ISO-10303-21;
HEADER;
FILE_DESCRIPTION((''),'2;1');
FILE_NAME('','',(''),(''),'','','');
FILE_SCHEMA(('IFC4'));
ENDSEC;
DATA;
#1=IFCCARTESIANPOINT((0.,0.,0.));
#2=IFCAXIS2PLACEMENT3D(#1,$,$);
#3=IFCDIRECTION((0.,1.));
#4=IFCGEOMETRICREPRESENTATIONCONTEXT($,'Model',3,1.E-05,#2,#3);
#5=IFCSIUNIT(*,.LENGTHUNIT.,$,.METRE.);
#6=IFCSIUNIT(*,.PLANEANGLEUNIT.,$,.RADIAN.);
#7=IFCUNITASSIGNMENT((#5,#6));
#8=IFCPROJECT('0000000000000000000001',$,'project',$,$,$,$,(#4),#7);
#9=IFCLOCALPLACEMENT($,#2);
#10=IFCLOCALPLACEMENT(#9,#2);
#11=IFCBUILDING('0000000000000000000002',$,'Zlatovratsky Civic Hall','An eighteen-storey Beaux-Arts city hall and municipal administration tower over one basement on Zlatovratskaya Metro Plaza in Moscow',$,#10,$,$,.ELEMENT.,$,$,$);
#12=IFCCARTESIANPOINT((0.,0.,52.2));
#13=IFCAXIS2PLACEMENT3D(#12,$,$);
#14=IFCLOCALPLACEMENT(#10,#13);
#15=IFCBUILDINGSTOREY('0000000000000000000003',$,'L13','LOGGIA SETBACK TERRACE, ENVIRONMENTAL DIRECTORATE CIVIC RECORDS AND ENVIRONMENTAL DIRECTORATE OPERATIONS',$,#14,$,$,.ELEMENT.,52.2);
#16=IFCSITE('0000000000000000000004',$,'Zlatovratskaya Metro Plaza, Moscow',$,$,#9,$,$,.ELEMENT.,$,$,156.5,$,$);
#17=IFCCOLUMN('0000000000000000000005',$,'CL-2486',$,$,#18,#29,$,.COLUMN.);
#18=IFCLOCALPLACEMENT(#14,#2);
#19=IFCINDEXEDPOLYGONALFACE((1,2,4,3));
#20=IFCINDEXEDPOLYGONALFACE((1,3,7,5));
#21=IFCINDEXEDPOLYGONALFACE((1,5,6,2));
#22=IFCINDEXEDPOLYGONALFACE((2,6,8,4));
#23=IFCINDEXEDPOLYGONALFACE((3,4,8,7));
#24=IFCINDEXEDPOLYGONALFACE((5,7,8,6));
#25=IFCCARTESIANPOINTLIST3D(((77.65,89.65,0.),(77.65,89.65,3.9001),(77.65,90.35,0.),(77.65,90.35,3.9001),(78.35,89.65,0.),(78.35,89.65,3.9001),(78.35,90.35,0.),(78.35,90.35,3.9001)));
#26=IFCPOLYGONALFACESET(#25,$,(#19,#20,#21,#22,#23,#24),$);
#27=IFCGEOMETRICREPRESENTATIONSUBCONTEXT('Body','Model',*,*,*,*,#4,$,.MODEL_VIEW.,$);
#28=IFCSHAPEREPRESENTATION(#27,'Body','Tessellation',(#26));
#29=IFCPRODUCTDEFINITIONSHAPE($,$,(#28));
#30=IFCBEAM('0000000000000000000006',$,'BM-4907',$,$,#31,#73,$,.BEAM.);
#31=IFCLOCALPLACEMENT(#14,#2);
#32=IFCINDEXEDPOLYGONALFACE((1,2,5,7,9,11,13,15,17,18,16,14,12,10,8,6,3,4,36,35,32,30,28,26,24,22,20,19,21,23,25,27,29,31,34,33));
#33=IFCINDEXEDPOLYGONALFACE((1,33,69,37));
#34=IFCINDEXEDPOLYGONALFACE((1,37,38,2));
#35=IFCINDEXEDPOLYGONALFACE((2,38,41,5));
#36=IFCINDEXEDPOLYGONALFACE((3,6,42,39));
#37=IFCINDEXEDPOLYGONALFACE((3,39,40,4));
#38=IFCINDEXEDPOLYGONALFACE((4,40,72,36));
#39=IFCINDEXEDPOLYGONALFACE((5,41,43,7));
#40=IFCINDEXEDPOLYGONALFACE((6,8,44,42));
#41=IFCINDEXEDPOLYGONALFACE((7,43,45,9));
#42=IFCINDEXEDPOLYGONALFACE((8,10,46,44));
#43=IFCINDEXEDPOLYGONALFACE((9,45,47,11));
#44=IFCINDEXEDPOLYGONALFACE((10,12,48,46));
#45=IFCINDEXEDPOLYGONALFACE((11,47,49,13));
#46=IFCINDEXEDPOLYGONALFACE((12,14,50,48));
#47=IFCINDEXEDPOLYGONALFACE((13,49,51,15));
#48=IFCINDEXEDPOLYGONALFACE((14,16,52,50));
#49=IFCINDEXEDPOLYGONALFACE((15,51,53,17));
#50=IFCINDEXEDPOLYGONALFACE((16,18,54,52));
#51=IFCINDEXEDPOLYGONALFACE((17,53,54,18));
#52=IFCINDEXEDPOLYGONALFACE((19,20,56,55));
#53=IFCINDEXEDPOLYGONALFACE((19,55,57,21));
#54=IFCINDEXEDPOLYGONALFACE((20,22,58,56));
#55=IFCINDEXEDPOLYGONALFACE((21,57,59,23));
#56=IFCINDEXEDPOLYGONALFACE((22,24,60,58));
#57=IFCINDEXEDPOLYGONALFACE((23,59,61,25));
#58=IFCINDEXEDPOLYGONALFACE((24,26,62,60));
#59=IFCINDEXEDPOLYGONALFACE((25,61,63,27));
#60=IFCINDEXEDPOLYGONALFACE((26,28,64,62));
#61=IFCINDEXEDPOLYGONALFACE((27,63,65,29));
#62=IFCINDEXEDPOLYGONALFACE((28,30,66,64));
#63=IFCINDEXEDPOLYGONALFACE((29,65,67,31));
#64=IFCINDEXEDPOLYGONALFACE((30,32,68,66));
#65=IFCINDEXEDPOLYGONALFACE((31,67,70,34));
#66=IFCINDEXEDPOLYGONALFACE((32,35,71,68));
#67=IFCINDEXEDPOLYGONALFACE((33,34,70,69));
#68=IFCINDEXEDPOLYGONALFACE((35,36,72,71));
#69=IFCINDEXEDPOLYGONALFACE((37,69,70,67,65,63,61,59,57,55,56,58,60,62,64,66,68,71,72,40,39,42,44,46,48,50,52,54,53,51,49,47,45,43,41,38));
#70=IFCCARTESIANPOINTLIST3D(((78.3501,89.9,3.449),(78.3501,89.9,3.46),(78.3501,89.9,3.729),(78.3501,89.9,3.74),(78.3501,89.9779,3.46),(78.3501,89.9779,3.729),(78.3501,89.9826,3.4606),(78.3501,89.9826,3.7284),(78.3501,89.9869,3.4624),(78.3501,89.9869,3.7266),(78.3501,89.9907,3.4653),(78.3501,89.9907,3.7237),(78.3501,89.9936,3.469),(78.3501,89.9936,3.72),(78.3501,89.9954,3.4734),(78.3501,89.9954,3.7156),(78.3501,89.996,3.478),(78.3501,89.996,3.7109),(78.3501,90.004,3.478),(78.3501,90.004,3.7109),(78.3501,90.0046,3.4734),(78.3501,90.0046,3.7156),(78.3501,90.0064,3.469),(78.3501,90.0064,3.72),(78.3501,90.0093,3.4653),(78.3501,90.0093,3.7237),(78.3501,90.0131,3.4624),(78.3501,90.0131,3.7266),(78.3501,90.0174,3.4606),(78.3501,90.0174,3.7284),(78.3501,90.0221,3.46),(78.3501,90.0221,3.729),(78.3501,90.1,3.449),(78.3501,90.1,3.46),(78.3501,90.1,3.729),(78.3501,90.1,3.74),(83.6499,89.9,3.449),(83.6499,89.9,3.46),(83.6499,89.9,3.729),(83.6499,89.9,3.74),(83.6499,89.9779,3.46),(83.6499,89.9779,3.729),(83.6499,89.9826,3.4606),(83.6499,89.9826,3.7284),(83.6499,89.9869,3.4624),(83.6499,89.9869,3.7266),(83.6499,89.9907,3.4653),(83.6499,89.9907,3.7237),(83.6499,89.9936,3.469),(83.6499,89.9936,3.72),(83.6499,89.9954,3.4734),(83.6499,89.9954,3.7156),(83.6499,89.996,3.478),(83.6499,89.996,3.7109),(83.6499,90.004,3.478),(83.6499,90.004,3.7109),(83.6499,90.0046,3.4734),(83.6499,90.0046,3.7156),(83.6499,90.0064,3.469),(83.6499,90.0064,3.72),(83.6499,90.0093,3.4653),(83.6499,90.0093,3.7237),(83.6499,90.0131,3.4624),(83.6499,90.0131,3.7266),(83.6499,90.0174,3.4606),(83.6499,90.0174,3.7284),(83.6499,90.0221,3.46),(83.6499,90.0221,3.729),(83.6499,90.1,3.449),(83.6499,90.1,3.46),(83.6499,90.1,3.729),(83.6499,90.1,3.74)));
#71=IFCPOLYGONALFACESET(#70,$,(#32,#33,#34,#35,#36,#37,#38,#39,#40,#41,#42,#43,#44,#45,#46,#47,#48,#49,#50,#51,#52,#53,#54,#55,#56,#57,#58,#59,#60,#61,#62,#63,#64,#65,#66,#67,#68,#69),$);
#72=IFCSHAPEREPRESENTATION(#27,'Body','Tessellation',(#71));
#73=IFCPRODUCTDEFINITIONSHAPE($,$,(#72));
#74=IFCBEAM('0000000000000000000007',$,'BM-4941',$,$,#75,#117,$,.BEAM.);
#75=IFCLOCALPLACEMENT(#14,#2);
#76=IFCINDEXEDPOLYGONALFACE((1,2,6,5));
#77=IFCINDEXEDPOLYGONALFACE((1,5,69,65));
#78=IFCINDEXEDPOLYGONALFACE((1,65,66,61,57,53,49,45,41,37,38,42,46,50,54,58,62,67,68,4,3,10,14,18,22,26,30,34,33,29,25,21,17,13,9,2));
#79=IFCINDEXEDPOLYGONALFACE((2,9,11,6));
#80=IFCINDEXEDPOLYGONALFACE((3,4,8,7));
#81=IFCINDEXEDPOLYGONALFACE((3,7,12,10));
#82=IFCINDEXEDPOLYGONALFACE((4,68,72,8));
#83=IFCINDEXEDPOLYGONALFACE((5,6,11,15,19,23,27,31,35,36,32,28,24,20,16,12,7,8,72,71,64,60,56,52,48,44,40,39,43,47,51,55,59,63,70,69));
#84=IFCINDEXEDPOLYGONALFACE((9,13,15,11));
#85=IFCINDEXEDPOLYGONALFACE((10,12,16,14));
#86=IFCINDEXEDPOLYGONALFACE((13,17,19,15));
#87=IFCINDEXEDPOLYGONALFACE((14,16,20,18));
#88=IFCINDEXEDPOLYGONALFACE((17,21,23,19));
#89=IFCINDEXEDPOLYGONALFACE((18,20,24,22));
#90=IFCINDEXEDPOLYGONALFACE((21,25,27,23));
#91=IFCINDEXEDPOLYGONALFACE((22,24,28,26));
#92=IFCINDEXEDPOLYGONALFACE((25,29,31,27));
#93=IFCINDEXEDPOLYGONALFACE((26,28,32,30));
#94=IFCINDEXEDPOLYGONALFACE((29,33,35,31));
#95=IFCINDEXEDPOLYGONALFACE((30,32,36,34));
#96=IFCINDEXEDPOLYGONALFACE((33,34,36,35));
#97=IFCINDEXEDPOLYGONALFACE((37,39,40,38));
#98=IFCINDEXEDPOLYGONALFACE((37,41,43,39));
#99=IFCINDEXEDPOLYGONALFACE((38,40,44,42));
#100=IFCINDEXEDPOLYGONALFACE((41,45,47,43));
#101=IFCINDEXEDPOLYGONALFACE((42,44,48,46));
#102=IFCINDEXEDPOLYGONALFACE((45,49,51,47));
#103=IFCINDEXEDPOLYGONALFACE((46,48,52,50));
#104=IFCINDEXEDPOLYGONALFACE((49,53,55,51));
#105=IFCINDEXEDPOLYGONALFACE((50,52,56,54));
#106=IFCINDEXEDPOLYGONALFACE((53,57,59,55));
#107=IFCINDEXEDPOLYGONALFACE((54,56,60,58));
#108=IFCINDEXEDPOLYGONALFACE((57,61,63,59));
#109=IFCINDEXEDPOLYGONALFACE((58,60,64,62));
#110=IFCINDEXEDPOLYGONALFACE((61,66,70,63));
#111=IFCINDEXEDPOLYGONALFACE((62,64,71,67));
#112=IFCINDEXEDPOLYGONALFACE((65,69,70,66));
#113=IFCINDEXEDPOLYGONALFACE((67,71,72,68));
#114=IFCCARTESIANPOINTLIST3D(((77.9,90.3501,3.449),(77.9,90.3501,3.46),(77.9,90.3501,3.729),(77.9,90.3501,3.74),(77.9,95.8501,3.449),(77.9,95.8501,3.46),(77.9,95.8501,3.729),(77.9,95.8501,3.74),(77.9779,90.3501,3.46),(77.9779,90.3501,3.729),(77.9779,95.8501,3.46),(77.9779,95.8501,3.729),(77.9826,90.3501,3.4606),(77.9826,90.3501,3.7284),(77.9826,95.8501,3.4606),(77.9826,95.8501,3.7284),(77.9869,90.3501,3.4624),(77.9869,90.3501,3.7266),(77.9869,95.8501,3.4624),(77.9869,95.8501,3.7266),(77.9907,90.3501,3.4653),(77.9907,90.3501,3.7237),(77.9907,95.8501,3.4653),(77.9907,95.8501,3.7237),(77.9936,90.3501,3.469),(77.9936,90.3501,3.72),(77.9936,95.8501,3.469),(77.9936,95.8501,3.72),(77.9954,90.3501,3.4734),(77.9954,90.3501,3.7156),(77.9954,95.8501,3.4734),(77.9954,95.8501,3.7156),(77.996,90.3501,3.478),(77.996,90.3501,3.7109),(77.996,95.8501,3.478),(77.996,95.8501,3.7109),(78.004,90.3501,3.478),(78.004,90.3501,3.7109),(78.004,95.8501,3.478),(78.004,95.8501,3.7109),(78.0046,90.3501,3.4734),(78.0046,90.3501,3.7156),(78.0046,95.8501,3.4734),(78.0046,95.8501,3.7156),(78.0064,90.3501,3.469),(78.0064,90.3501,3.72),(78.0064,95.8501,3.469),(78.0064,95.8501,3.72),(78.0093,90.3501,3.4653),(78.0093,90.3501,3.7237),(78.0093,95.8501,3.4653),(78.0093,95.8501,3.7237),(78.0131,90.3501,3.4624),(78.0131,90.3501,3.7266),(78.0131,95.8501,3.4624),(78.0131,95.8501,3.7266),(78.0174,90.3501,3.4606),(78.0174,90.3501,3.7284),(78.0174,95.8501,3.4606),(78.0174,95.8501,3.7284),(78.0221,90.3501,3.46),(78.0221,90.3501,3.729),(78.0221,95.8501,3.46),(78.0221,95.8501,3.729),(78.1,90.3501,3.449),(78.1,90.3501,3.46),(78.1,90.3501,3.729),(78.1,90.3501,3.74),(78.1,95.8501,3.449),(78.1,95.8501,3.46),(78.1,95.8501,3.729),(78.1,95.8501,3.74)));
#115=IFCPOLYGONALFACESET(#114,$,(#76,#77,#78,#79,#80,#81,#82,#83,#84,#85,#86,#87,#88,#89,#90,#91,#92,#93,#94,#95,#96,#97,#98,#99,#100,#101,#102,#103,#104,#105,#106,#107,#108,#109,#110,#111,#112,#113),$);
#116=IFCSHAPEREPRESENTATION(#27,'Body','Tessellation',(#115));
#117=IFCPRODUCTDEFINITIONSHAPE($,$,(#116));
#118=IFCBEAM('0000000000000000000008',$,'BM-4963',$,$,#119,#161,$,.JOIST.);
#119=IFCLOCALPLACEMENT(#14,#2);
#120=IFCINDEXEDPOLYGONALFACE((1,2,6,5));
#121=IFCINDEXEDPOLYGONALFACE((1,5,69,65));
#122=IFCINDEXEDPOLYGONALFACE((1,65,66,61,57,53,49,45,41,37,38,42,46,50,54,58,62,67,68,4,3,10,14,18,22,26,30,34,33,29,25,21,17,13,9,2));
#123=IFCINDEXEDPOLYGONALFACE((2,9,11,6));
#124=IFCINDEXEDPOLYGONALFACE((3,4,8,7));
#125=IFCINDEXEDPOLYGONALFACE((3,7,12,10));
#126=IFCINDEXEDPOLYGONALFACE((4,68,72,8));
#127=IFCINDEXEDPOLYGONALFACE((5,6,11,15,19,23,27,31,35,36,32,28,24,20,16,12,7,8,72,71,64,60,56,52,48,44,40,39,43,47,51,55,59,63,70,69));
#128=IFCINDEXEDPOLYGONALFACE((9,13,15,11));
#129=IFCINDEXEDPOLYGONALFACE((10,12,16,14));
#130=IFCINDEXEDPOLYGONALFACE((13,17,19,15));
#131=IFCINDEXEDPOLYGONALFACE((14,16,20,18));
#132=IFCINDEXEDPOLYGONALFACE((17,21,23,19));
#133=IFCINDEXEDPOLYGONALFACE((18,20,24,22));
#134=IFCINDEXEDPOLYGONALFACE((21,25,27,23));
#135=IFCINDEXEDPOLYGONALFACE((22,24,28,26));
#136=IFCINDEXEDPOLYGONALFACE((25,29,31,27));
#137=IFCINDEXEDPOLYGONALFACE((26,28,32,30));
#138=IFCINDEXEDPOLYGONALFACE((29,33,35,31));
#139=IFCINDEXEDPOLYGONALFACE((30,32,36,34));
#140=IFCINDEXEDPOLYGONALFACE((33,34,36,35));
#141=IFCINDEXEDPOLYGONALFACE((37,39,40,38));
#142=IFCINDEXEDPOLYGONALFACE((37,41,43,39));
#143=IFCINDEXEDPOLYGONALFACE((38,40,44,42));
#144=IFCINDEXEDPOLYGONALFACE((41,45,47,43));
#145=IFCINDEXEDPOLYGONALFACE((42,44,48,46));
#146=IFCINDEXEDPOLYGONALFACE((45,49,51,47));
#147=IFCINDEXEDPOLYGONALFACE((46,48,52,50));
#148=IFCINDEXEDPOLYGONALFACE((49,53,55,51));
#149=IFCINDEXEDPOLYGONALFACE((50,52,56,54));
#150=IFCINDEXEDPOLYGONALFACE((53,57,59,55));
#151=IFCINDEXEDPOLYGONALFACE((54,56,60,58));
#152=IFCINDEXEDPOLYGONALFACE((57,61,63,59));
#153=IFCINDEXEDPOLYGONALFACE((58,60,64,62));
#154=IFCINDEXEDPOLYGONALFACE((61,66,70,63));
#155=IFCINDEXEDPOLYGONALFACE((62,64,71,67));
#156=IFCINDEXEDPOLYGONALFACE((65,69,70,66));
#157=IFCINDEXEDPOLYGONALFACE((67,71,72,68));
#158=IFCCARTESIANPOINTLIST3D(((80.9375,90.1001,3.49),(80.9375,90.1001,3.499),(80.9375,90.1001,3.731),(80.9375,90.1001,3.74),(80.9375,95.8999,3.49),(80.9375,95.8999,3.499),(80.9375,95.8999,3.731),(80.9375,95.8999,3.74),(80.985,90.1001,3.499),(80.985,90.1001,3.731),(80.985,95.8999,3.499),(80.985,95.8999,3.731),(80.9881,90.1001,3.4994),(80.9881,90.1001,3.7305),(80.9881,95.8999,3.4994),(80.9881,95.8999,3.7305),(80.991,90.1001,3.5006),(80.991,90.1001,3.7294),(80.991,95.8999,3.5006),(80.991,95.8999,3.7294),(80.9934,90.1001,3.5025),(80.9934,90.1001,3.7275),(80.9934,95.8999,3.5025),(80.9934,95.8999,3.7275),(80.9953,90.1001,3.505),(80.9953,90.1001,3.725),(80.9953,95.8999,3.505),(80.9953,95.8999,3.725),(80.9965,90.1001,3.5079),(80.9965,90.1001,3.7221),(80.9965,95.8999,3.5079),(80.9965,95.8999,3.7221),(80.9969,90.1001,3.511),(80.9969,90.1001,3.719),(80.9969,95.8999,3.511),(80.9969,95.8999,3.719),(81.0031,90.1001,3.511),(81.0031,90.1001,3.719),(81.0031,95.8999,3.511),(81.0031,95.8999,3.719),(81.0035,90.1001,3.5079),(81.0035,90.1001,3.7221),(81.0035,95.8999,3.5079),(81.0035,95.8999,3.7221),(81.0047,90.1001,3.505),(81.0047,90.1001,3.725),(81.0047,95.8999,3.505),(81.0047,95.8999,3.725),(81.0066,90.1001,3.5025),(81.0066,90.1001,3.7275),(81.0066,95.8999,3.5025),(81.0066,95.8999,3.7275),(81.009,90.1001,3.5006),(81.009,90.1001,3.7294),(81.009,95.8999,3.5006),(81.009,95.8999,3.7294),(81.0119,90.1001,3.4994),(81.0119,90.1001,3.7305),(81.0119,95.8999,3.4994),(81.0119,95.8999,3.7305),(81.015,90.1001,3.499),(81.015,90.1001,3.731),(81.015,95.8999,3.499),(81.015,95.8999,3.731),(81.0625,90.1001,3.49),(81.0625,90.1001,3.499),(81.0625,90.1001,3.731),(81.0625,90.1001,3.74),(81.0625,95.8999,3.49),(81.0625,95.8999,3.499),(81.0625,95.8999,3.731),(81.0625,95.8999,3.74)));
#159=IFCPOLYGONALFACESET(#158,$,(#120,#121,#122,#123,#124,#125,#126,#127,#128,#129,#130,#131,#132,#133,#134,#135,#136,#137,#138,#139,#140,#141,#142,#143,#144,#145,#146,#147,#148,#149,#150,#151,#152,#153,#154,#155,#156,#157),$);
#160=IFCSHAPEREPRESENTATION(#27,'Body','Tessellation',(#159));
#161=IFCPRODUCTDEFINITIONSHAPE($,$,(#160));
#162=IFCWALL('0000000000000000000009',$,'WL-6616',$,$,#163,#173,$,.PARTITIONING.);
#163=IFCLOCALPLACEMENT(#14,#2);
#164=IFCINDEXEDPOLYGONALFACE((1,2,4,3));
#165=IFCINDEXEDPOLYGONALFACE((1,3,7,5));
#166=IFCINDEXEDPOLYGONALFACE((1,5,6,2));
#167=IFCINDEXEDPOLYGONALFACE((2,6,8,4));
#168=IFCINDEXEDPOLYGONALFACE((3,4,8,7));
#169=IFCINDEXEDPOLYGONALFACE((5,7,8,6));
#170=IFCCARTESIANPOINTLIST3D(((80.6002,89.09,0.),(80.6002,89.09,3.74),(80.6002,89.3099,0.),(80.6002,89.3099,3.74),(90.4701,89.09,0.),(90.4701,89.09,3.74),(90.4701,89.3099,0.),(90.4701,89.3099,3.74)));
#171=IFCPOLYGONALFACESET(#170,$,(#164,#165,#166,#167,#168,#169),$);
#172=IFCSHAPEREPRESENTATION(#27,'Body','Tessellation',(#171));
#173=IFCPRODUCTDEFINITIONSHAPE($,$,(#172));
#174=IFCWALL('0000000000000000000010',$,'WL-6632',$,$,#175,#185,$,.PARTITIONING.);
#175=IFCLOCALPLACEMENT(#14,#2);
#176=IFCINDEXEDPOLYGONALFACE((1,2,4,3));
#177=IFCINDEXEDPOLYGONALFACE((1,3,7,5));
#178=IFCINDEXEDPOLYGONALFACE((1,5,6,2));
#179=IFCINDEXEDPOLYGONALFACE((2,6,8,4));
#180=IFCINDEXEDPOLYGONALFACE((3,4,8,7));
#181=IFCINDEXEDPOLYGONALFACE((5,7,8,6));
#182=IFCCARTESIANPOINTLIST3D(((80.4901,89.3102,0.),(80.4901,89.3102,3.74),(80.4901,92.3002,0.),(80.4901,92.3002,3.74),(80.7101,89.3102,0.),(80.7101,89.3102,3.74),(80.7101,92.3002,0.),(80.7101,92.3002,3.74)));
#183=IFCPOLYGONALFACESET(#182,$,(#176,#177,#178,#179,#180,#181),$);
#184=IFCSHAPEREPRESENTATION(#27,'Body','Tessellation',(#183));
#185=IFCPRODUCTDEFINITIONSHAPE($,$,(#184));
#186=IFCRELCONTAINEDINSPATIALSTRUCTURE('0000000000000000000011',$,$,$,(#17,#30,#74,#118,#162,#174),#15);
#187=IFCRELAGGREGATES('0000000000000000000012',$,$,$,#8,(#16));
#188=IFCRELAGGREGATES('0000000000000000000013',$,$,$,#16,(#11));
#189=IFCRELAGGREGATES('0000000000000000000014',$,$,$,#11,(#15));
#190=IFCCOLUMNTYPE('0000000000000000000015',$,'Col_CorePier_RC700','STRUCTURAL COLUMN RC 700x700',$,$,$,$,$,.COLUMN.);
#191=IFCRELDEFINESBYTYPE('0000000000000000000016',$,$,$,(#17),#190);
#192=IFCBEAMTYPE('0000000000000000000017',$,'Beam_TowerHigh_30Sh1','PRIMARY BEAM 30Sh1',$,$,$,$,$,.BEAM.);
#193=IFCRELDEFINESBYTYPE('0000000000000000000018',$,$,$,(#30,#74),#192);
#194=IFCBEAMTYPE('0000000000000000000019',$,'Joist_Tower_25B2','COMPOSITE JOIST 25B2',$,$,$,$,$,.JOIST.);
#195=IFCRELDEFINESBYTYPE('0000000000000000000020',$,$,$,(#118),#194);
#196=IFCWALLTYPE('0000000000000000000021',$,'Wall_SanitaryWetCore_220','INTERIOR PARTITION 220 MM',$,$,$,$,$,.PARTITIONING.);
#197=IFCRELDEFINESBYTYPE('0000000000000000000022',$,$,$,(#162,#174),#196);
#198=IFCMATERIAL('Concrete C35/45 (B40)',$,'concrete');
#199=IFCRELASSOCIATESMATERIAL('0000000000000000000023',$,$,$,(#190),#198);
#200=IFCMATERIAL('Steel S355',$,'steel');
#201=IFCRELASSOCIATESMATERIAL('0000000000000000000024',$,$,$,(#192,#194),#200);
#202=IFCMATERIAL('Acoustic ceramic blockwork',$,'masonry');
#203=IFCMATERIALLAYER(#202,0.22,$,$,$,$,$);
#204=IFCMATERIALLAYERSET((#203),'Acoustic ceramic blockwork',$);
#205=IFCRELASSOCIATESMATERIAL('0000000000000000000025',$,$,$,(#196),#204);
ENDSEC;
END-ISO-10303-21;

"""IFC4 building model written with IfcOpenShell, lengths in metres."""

from ifc_helpers import new_model, si_unit, direction, frame, frame_2d, origin, origin_2d, place, context, subcontext, project, spatial, rectangle, i_section, extrude, material, layer, layer_set, material_profile, profile_set, type_object, element, save


model = new_model("IFC4")

# Units and contexts
model_context = context("Model", 3, precision=1e-05, world=origin(), true_north=direction((0.0, 1.0)))
body_context = subcontext(model_context, "Body", "Model", "MODEL_VIEW")
ifc_project = project(units=[si_unit("LENGTHUNIT", "METRE"), si_unit("PLANEANGLEUNIT", "RADIAN")], contexts=[model_context])

# Site, building, storey
site_placement = place(None, origin())
site = spatial("IfcSite", under=ifc_project, at=site_placement, Name="Zlatovratskaya Metro Plaza, Moscow", CompositionType="ELEMENT", RefElevation=156.5)
building_placement = place(site_placement, origin())
building = spatial("IfcBuilding", under=site, at=building_placement, Name="Zlatovratsky Civic Hall", Description="An eighteen-storey Beaux-Arts city hall and municipal administration tower over one basement on Zlatovratskaya Metro Plaza in Moscow", CompositionType="ELEMENT")
storey_placement = place(building_placement, frame((0.0, 0.0, 52.2)))
storey = spatial("IfcBuildingStorey", under=building, at=storey_placement, Name="L13", Description="LOGGIA SETBACK TERRACE, ENVIRONMENTAL DIRECTORATE CIVIC RECORDS AND ENVIRONMENTAL DIRECTORATE OPERATIONS", CompositionType="ELEMENT", Elevation=52.2)

# Column
ifc_material_1 = material(Name="Concrete C35/45 (B40)", Category="concrete")
ifc_material_profile_1 = material_profile(ifc_material_1, rectangle(XDim=0.7, YDim=0.7, at=origin_2d()), Name="RC 700x700")
ifc_profile_set_1 = profile_set([ifc_material_profile_1], Name="Concrete C35/45 (B40)")
column_type = type_object("IfcColumnType", Name="Col_CorePier_RC700", Description="STRUCTURAL COLUMN RC 700x700", PredefinedType="COLUMN", material=ifc_profile_set_1)
column_placement = place(storey_placement, frame((78.0, 90.0, 0.0), z_axis=(0.0, 0.0, 1.0), x_axis=(1.0, 0.0, 0.0)))
element("IfcColumn", 1, at=column_placement, inside=storey, type_object=column_type, Name="CL-2486", PredefinedType="COLUMN", context=body_context, shape_type="SweptSolid", body=[
    extrude(rectangle(XDim=0.7, YDim=0.7, at=origin_2d()), origin(), (0.0, 0.0, 1.0), 3.9001),
])

# Beams
ifc_material_2 = material(Name="Steel S355", Category="steel")
ifc_material_profile_2 = material_profile(ifc_material_2, i_section(OverallWidth=0.2, OverallDepth=0.291, WebThickness=0.0081, FlangeThickness=0.011, FilletRadius=0.0181, at=origin_2d()), Name="30Sh1")
ifc_profile_set_2 = profile_set([ifc_material_profile_2], Name="Steel S355")
beam_type_1 = type_object("IfcBeamType", Name="Beam_TowerHigh_30Sh1", Description="PRIMARY BEAM 30Sh1", PredefinedType="BEAM", material=ifc_profile_set_2)
beam_1_placement = place(storey_placement, frame((78.3501, 90.0, 3.5945), z_axis=(1.0, 0.0, 0.0), x_axis=(0.0, 1.0, 0.0)))
element("IfcBeam", 2, at=beam_1_placement, inside=storey, type_object=beam_type_1, Name="BM-4907", PredefinedType="BEAM", context=body_context, shape_type="SweptSolid", body=[
    extrude(i_section(OverallWidth=0.2, OverallDepth=0.291, WebThickness=0.0081, FlangeThickness=0.011, FilletRadius=0.0181, at=origin_2d()), origin(), (0.0, 0.0, 1.0), 5.2998),
])
beam_2_placement = place(storey_placement, frame((78.0, 90.3501, 3.5945), z_axis=(0.0, 1.0, 0.0), x_axis=(-1.0, 0.0, 0.0)))
element("IfcBeam", 3, at=beam_2_placement, inside=storey, type_object=beam_type_1, Name="BM-4941", PredefinedType="BEAM", context=body_context, shape_type="SweptSolid", body=[
    extrude(i_section(OverallWidth=0.2, OverallDepth=0.291, WebThickness=0.0081, FlangeThickness=0.011, FilletRadius=0.0181, at=origin_2d()), origin(), (0.0, 0.0, 1.0), 5.5),
])
ifc_material_profile_3 = material_profile(ifc_material_2, i_section(OverallWidth=0.125, OverallDepth=0.25, WebThickness=0.0061, FlangeThickness=0.009, FilletRadius=0.012, at=origin_2d()), Name="25B2")
ifc_profile_set_3 = profile_set([ifc_material_profile_3], Name="Steel S355")
beam_type_2 = type_object("IfcBeamType", Name="Joist_Tower_25B2", Description="COMPOSITE JOIST 25B2", PredefinedType="JOIST", material=ifc_profile_set_3)
beam_3_placement = place(storey_placement, frame((81.0, 90.1001, 3.615), z_axis=(0.0, 1.0, 0.0), x_axis=(-1.0, 0.0, 0.0)))
element("IfcBeam", 4, at=beam_3_placement, inside=storey, type_object=beam_type_2, Name="BM-4963", PredefinedType="JOIST", context=body_context, shape_type="SweptSolid", body=[
    extrude(i_section(OverallWidth=0.125, OverallDepth=0.25, WebThickness=0.0061, FlangeThickness=0.009, FilletRadius=0.012, at=origin_2d()), origin(), (0.0, 0.0, 1.0), 5.7998),
])

# Walls
ifc_material_3 = material(Name="Acoustic ceramic blockwork", Category="masonry")
ifc_layer_1 = layer(ifc_material_3, 0.22)
ifc_layer_set_1 = layer_set([ifc_layer_1], Name="Acoustic ceramic blockwork")
wall_type_1 = type_object("IfcWallType", Name="Wall_SanitaryWetCore_220", Description="INTERIOR PARTITION 220 MM", PredefinedType="PARTITIONING", material=ifc_layer_set_1)
wall_1_placement = place(storey_placement, frame((80.6001, 89.2, 0.0), z_axis=(0.0, 0.0, 1.0), x_axis=(1.0, 0.0, 0.0)))
element("IfcWall", 5, at=wall_1_placement, inside=storey, type_object=wall_type_1, Name="WL-6616", PredefinedType="PARTITIONING", context=body_context, shape_type="SweptSolid", body=[
    extrude(rectangle(XDim=9.8699, YDim=0.22, at=frame_2d((4.9351, 0.0))), origin(), (0.0, 0.0, 1.0), 3.74),
])
wall_2_placement = place(storey_placement, frame((80.6001, 89.3101, 0.0), z_axis=(0.0, 0.0, 1.0), x_axis=(0.0, 1.0, 0.0)))
element("IfcWall", 6, at=wall_2_placement, inside=storey, type_object=wall_type_1, Name="WL-6632", PredefinedType="PARTITIONING", context=body_context, shape_type="SweptSolid", body=[
    extrude(rectangle(XDim=2.99, YDim=0.22, at=frame_2d((1.4951, 0.0))), origin(), (0.0, 0.0, 1.0), 3.74),
])

save(model, "model.ifc")
